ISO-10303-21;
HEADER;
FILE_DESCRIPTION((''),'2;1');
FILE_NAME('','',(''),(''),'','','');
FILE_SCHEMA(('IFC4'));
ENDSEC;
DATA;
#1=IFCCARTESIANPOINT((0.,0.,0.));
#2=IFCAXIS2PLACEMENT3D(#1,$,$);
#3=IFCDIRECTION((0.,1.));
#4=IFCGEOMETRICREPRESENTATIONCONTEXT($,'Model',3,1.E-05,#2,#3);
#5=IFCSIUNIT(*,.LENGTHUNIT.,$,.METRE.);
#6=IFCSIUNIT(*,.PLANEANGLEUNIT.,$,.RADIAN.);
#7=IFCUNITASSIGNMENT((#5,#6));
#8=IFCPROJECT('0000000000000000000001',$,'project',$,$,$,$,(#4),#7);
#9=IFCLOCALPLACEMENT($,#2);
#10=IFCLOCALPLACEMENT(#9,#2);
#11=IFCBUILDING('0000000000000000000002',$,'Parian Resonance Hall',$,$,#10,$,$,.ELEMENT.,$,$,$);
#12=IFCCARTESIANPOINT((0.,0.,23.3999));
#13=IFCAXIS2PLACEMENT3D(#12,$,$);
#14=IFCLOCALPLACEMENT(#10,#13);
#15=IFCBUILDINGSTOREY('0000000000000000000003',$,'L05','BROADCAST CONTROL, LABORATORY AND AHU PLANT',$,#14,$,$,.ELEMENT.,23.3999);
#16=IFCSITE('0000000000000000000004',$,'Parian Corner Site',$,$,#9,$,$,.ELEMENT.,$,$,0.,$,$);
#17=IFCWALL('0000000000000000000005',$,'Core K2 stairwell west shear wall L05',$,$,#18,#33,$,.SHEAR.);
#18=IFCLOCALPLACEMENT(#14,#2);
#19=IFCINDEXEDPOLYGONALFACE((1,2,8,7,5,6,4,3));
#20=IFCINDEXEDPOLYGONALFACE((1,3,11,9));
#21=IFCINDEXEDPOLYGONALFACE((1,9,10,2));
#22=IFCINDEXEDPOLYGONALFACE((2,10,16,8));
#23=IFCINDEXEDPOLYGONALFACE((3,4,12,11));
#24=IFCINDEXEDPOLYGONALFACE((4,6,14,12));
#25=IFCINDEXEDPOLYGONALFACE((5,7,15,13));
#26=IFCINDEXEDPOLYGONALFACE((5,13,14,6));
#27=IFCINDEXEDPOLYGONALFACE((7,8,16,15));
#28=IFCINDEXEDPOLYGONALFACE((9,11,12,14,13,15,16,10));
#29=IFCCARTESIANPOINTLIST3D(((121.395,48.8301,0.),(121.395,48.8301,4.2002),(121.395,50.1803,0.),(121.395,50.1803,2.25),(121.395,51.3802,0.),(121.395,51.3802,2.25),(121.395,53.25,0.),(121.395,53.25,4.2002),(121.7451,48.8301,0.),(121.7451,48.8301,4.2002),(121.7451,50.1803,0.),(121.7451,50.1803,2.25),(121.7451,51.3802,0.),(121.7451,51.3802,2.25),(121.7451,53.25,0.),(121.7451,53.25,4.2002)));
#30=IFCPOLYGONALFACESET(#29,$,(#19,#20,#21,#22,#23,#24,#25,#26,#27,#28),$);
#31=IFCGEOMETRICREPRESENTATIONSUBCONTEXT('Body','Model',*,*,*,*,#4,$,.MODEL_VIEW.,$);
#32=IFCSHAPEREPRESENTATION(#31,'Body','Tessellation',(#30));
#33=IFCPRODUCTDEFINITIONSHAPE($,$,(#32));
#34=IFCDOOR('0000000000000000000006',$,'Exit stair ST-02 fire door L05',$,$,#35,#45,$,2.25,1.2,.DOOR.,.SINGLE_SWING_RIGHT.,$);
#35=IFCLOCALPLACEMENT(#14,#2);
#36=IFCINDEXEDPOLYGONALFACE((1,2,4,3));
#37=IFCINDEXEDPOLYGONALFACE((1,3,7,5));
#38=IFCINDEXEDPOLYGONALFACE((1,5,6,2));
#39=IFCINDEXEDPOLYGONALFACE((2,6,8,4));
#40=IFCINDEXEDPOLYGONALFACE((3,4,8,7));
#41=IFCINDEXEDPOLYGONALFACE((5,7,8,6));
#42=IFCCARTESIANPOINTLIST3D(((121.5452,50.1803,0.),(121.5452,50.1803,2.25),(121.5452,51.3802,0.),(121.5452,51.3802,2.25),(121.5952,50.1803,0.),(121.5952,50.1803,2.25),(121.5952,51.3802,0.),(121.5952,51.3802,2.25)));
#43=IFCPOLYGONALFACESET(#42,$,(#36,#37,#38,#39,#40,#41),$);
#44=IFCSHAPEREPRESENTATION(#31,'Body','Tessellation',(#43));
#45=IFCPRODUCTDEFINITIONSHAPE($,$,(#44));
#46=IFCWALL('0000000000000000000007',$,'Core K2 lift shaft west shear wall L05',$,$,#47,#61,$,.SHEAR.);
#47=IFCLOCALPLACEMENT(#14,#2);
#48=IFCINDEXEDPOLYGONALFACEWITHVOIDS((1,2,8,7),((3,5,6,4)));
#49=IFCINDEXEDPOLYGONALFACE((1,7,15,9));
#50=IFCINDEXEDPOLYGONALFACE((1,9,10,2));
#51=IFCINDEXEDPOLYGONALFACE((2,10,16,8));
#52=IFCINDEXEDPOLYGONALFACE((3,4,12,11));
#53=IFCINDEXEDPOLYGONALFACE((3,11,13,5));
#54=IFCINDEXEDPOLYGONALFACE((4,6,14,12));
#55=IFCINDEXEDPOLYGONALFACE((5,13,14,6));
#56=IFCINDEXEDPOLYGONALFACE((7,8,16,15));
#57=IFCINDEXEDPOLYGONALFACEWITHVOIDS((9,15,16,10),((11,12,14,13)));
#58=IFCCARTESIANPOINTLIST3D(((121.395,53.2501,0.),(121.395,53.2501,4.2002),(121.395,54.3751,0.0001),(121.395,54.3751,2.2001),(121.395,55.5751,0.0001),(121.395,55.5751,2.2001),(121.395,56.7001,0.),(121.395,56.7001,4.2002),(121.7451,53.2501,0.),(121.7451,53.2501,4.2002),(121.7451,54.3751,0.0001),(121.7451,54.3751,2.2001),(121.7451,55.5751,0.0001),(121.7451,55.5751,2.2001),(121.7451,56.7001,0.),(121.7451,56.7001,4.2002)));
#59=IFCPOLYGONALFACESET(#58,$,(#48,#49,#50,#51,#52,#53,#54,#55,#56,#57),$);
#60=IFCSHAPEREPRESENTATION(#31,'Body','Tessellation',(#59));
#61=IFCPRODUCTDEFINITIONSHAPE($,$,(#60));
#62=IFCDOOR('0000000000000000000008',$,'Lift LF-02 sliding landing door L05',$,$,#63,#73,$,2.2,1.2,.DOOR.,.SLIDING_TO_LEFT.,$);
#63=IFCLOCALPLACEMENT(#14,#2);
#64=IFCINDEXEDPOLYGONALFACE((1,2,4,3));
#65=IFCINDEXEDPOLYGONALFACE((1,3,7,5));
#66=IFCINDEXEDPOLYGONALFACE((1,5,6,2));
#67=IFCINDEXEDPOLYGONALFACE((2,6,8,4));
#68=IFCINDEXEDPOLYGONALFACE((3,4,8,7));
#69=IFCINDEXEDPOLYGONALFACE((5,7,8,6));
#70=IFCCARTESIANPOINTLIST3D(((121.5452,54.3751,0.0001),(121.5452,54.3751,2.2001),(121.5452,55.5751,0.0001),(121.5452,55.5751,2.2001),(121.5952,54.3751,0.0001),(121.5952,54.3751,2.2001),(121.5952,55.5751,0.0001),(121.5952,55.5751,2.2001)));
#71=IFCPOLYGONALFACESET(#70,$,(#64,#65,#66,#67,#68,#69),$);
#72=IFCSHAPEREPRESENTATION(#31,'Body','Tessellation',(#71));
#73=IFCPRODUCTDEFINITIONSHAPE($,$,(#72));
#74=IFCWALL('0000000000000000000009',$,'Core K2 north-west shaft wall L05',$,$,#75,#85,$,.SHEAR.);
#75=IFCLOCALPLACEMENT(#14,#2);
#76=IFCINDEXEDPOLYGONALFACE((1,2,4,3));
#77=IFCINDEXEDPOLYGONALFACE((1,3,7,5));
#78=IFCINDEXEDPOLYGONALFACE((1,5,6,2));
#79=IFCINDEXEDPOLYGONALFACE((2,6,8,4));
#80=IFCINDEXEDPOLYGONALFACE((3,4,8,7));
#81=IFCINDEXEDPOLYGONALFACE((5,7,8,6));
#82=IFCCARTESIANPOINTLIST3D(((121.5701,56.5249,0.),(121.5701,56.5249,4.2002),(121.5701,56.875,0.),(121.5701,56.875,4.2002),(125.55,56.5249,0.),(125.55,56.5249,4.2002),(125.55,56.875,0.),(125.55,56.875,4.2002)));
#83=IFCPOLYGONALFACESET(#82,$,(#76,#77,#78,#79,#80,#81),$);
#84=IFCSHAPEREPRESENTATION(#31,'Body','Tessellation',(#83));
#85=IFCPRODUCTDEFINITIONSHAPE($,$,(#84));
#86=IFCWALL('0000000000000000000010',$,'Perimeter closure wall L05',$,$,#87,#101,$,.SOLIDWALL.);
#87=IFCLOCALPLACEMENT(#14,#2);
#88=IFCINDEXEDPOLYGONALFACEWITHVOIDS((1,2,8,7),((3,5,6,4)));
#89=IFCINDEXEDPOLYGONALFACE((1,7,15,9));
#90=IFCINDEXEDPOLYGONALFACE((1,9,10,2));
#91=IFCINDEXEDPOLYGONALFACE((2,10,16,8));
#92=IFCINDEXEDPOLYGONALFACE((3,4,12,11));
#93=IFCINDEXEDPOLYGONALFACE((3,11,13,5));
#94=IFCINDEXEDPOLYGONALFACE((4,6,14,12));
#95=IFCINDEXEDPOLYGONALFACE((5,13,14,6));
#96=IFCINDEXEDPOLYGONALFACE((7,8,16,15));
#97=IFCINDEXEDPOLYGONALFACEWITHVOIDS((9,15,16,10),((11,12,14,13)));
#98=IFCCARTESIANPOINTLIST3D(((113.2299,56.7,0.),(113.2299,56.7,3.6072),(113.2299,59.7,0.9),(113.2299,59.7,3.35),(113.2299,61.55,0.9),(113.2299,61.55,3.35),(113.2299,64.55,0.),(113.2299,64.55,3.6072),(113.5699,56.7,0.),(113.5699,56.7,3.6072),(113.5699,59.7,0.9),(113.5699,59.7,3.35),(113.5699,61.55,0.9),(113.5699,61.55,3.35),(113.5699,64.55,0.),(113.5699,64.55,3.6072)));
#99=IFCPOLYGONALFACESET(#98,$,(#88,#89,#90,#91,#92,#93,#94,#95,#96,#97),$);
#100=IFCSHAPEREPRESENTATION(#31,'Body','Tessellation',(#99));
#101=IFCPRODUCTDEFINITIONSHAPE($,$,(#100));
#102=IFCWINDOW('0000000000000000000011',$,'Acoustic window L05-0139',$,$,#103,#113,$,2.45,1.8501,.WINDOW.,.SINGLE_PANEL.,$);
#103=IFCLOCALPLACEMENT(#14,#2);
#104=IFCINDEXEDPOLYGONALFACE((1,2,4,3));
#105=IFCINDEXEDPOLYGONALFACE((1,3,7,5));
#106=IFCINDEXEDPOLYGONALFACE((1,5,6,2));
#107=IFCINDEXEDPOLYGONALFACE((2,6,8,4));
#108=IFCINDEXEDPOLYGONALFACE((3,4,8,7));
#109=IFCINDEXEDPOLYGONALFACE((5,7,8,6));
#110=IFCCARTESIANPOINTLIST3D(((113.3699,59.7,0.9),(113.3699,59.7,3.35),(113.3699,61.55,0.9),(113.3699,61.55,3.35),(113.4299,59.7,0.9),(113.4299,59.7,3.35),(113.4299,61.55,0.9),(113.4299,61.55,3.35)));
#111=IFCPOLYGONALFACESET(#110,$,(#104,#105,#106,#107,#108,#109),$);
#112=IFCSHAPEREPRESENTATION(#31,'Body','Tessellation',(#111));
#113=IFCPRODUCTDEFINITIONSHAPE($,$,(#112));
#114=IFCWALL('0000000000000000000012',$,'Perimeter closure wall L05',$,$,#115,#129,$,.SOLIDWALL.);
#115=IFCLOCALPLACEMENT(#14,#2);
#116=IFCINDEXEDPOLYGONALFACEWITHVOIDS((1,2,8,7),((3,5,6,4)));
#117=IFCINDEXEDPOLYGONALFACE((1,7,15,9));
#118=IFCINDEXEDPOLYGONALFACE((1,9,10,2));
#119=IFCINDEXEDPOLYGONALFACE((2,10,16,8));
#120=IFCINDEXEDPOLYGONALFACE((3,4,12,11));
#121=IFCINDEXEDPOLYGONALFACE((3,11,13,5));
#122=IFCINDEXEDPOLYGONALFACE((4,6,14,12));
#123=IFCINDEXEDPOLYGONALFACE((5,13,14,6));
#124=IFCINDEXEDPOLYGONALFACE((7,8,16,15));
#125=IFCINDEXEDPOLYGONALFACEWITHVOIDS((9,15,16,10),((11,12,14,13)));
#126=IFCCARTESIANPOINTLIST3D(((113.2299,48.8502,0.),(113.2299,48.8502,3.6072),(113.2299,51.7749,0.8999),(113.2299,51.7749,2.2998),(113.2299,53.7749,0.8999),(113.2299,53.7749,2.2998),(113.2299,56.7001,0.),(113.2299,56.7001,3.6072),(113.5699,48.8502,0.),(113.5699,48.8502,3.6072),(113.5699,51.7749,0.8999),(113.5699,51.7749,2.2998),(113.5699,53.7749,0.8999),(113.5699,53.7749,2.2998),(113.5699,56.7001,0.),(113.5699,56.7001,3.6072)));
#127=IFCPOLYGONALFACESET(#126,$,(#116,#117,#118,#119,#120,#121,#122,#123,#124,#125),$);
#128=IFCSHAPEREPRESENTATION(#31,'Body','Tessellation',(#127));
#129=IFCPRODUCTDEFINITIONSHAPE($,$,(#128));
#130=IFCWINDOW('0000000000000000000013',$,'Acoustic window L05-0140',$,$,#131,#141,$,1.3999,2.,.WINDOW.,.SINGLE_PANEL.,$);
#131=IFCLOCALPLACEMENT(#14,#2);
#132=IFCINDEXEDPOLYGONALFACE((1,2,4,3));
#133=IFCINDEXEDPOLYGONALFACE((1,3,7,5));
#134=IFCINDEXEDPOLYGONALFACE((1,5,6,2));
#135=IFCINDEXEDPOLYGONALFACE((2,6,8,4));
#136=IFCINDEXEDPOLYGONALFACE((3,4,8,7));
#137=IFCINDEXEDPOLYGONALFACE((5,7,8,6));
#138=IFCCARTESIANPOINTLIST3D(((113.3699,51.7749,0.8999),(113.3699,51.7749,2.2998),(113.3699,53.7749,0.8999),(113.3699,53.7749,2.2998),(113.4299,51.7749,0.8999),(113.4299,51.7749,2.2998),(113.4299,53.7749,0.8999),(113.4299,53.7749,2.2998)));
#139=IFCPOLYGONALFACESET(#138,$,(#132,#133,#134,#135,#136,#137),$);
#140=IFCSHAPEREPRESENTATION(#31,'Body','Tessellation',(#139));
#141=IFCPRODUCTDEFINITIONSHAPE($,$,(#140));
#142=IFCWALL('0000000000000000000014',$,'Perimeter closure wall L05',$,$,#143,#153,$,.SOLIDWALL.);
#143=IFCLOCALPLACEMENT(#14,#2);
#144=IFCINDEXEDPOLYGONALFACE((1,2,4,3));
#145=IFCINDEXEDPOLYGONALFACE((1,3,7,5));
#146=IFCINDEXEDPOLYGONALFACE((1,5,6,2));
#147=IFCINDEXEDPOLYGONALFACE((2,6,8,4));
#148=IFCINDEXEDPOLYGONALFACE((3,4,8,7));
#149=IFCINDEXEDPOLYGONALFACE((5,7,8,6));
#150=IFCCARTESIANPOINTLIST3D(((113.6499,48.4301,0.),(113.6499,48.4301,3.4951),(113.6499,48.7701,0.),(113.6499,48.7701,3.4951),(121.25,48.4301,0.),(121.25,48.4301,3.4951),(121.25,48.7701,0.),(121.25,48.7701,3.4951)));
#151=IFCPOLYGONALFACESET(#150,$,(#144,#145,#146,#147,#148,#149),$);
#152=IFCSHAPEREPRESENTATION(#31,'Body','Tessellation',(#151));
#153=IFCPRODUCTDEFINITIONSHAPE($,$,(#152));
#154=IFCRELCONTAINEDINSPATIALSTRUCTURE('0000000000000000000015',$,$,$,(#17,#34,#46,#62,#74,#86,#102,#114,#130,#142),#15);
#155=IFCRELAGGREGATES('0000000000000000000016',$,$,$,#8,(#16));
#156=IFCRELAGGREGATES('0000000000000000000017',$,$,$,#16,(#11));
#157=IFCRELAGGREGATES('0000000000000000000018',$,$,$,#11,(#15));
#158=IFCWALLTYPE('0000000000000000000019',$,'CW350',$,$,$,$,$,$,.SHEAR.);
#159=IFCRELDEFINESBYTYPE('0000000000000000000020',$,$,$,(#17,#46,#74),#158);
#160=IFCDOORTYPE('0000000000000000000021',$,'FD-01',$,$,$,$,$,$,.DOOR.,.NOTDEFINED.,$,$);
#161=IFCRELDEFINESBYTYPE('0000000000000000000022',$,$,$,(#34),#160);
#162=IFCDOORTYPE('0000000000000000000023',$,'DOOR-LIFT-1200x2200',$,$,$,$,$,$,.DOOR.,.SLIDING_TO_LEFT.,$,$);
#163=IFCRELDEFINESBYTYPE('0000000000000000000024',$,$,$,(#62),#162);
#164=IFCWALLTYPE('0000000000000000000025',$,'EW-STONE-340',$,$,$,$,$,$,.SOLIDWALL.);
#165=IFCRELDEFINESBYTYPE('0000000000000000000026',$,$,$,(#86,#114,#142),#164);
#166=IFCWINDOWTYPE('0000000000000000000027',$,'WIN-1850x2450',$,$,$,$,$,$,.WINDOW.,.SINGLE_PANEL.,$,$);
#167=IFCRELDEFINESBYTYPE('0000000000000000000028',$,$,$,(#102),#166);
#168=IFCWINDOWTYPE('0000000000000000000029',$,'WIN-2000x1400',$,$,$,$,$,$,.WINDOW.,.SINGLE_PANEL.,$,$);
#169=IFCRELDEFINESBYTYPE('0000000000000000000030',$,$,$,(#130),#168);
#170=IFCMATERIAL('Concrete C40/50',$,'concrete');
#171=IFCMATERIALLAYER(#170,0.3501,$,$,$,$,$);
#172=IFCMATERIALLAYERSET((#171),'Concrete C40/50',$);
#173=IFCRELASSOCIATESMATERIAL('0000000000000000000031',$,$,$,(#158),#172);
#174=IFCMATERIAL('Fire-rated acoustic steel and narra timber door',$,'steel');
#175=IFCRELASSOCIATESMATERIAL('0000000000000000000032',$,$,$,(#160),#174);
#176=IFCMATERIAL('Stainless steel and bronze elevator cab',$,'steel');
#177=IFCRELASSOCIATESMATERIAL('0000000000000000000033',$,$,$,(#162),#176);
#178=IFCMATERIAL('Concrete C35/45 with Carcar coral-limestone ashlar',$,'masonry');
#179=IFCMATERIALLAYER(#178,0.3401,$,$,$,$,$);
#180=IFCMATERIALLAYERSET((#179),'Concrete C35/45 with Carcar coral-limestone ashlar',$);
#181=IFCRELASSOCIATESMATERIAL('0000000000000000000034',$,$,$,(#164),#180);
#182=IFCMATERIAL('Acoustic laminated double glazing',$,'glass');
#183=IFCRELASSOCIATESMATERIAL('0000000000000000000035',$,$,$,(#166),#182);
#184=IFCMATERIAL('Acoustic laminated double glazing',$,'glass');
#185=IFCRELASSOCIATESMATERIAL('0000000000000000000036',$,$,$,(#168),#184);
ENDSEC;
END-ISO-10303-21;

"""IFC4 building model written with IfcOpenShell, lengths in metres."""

from ifc_helpers import new_model, si_unit, direction, frame, frame_2d, origin, place, context, subcontext, project, spatial, rectangle, extrude, material, layer, layer_set, type_object, element, fill, save


model = new_model("IFC4")

# Units and contexts
model_context = context("Model", 3, precision=1e-05, world=origin(), true_north=direction((0.0, 1.0)))
body_context = subcontext(model_context, "Body", "Model", "MODEL_VIEW")
ifc_project = project(units=[si_unit("LENGTHUNIT", "METRE"), si_unit("PLANEANGLEUNIT", "RADIAN")], contexts=[model_context])

# Site, building, storey
site_placement = place(None, origin())
site = spatial("IfcSite", under=ifc_project, at=site_placement, Name="Parian Corner Site", CompositionType="ELEMENT", RefElevation=0.0)
building_placement = place(site_placement, origin())
building = spatial("IfcBuilding", under=site, at=building_placement, Name="Parian Resonance Hall", CompositionType="ELEMENT")
storey_placement = place(building_placement, frame((0.0, 0.0, 23.3999)))
storey = spatial("IfcBuildingStorey", under=building, at=storey_placement, Name="L05", Description="BROADCAST CONTROL, LABORATORY AND AHU PLANT", CompositionType="ELEMENT", Elevation=23.3999)

# Walls, openings, doors
ifc_material_1 = material(Name="Concrete C40/50", Category="concrete")
ifc_layer_1 = layer(ifc_material_1, 0.3501)
ifc_layer_set_1 = layer_set([ifc_layer_1], Name="Concrete C40/50")
wall_type_1 = type_object("IfcWallType", Name="CW350", PredefinedType="SHEAR", material=ifc_layer_set_1)
wall_1_placement = place(storey_placement, frame((121.5701, 48.8301, 0.0), z_axis=(0.0, 0.0, 1.0), x_axis=(0.0, 1.0, 0.0)))
wall_1 = element("IfcWall", 1, at=wall_1_placement, inside=storey, type_object=wall_type_1, Name="Core K2 stairwell west shear wall L05", PredefinedType="SHEAR", context=body_context, shape_type="SweptSolid", body=[
    extrude(rectangle(XDim=4.4199, YDim=0.3501, at=frame_2d((2.21, 0.0))), origin(), (0.0, 0.0, 1.0), 4.2002),
])
opening_1_placement = place(wall_1_placement, frame((1.3501, 0.0, 0.0)))
opening_1 = element("IfcOpeningElement", 2, at=opening_1_placement, cuts=wall_1, PredefinedType="OPENING", context=body_context, shape_type="SweptSolid", body=[
    extrude(rectangle(XDim=1.2, YDim=2.25, at=frame_2d((0.6001, 1.125))), frame((0.0, 0.1851, 0.0), z_axis=(0.0, -1.0, 0.0), x_axis=(1.0, 0.0, 0.0)), (0.0, 0.0, 1.0), 0.3701),
])
ifc_material_2 = material(Name="Fire-rated acoustic steel and narra timber door", Category="steel")
door_type_1 = type_object("IfcDoorType", Name="FD-01", OperationType="NOTDEFINED", PredefinedType="DOOR", material=ifc_material_2)
door_1_placement = place(opening_1_placement, origin())
door_1 = element("IfcDoor", 3, at=door_1_placement, inside=storey, type_object=door_type_1, Name="Exit stair ST-02 fire door L05", OperationType="SINGLE_SWING_RIGHT", OverallHeight=2.25, OverallWidth=1.2, PredefinedType="DOOR", context=body_context, shape_type="SweptSolid", body=[
    extrude(rectangle(XDim=1.2, YDim=2.25, at=frame_2d((0.6001, 1.125))), frame((0.0, 0.0249, 0.0), z_axis=(0.0, -1.0, 0.0), x_axis=(1.0, 0.0, 0.0)), (0.0, 0.0, 1.0), 0.05),
])
fill(opening_1, door_1)
wall_2_placement = place(storey_placement, frame((121.5701, 53.25, 0.0), z_axis=(0.0, 0.0, 1.0), x_axis=(0.0, 1.0, 0.0)))
wall_2 = element("IfcWall", 4, at=wall_2_placement, inside=storey, type_object=wall_type_1, Name="Core K2 lift shaft west shear wall L05", PredefinedType="SHEAR", context=body_context, shape_type="SweptSolid", body=[
    extrude(rectangle(XDim=3.45, YDim=0.3501, at=frame_2d((1.7251, 0.0))), origin(), (0.0, 0.0, 1.0), 4.2002),
])
opening_2_placement = place(wall_2_placement, frame((1.125, 0.0, 0.0)))
opening_2 = element("IfcOpeningElement", 5, at=opening_2_placement, cuts=wall_2, PredefinedType="OPENING", context=body_context, shape_type="SweptSolid", body=[
    extrude(rectangle(XDim=1.2, YDim=2.2, at=frame_2d((0.6001, 1.1001))), frame((0.0, 0.1851, 0.0), z_axis=(0.0, -1.0, 0.0), x_axis=(1.0, 0.0, 0.0)), (0.0, 0.0, 1.0), 0.3701),
])
ifc_material_3 = material(Name="Stainless steel and bronze elevator cab", Category="steel")
door_type_2 = type_object("IfcDoorType", Name="DOOR-LIFT-1200x2200", OperationType="SLIDING_TO_LEFT", PredefinedType="DOOR", material=ifc_material_3)
door_2_placement = place(opening_2_placement, origin())
door_2 = element("IfcDoor", 6, at=door_2_placement, inside=storey, type_object=door_type_2, Name="Lift LF-02 sliding landing door L05", OperationType="SLIDING_TO_LEFT", OverallHeight=2.2, OverallWidth=1.2, PredefinedType="DOOR", context=body_context, shape_type="SweptSolid", body=[
    extrude(rectangle(XDim=1.2, YDim=2.2, at=frame_2d((0.6001, 1.1001))), frame((0.0, 0.0249, 0.0), z_axis=(0.0, -1.0, 0.0), x_axis=(1.0, 0.0, 0.0)), (0.0, 0.0, 1.0), 0.05),
])
fill(opening_2, door_2)

# Wall
wall_3_placement = place(storey_placement, frame((121.5701, 56.7, 0.0), z_axis=(0.0, 0.0, 1.0), x_axis=(1.0, 0.0, 0.0)))
element("IfcWall", 7, at=wall_3_placement, inside=storey, type_object=wall_type_1, Name="Core K2 north-west shaft wall L05", PredefinedType="SHEAR", context=body_context, shape_type="SweptSolid", body=[
    extrude(rectangle(XDim=3.98, YDim=0.3501, at=frame_2d((1.99, 0.0))), origin(), (0.0, 0.0, 1.0), 4.2002),
])

# Walls, openings, windows
ifc_material_4 = material(Name="Concrete C35/45 with Carcar coral-limestone ashlar", Category="masonry")
ifc_layer_2 = layer(ifc_material_4, 0.3401)
ifc_layer_set_2 = layer_set([ifc_layer_2], Name="Concrete C35/45 with Carcar coral-limestone ashlar")
wall_type_2 = type_object("IfcWallType", Name="EW-STONE-340", PredefinedType="SOLIDWALL", material=ifc_layer_set_2)
wall_4_placement = place(storey_placement, frame((113.3999, 64.55, 0.0), z_axis=(0.0, 0.0, 1.0), x_axis=(0.0, -1.0, 0.0)))
wall_4 = element("IfcWall", 8, at=wall_4_placement, inside=storey, type_object=wall_type_2, Name="Perimeter closure wall L05", PredefinedType="SOLIDWALL", context=body_context, shape_type="SweptSolid", body=[
    extrude(rectangle(XDim=7.8501, YDim=0.3401, at=frame_2d((3.925, 0.0))), origin(), (0.0, 0.0, 1.0), 3.6072),
])
opening_3_placement = place(wall_4_placement, frame((3.0, 0.0, 0.8999)))
opening_3 = element("IfcOpeningElement", 9, at=opening_3_placement, cuts=wall_4, PredefinedType="OPENING", context=body_context, shape_type="SweptSolid", body=[
    extrude(rectangle(XDim=1.8501, YDim=2.45, at=frame_2d((0.925, 1.2251))), frame((0.0, 0.1799, 0.0), z_axis=(0.0, -1.0, 0.0), x_axis=(1.0, 0.0, 0.0)), (0.0, 0.0, 1.0), 0.3601),
])
ifc_material_5 = material(Name="Acoustic laminated double glazing", Category="glass")
window_type_1 = type_object("IfcWindowType", Name="WIN-1850x2450", PartitioningType="SINGLE_PANEL", PredefinedType="WINDOW", material=ifc_material_5)
window_1_placement = place(opening_3_placement, origin())
window_1 = element("IfcWindow", 10, at=window_1_placement, inside=storey, type_object=window_type_1, Name="Acoustic window L05-0139", OverallHeight=2.45, OverallWidth=1.8501, PartitioningType="SINGLE_PANEL", PredefinedType="WINDOW", context=body_context, shape_type="SweptSolid", body=[
    extrude(rectangle(XDim=1.8501, YDim=2.45, at=frame_2d((0.925, 1.2251))), frame((0.0, 0.03, 0.0), z_axis=(0.0, -1.0, 0.0), x_axis=(1.0, 0.0, 0.0)), (0.0, 0.0, 1.0), 0.0601),
])
fill(opening_3, window_1)
wall_5_placement = place(storey_placement, frame((113.3999, 56.7, 0.0), z_axis=(0.0, 0.0, 1.0), x_axis=(0.0, -1.0, 0.0)))
wall_5 = element("IfcWall", 11, at=wall_5_placement, inside=storey, type_object=wall_type_2, Name="Perimeter closure wall L05", PredefinedType="SOLIDWALL", context=body_context, shape_type="SweptSolid", body=[
    extrude(rectangle(XDim=7.8499, YDim=0.3401, at=frame_2d((3.9248, 0.0))), origin(), (0.0, 0.0, 1.0), 3.6072),
])
opening_4_placement = place(wall_5_placement, frame((2.925, 0.0, 0.8999)))
opening_4 = element("IfcOpeningElement", 12, at=opening_4_placement, cuts=wall_5, PredefinedType="OPENING", context=body_context, shape_type="SweptSolid", body=[
    extrude(rectangle(XDim=2.0, YDim=1.3999, at=frame_2d((1.0, 0.7))), frame((0.0, 0.1799, 0.0), z_axis=(0.0, -1.0, 0.0), x_axis=(1.0, 0.0, 0.0)), (0.0, 0.0, 1.0), 0.3601),
])
ifc_material_6 = material(Name="Acoustic laminated double glazing", Category="glass")
window_type_2 = type_object("IfcWindowType", Name="WIN-2000x1400", PartitioningType="SINGLE_PANEL", PredefinedType="WINDOW", material=ifc_material_6)
window_2_placement = place(opening_4_placement, origin())
window_2 = element("IfcWindow", 13, at=window_2_placement, inside=storey, type_object=window_type_2, Name="Acoustic window L05-0140", OverallHeight=1.3999, OverallWidth=2.0, PartitioningType="SINGLE_PANEL", PredefinedType="WINDOW", context=body_context, shape_type="SweptSolid", body=[
    extrude(rectangle(XDim=2.0, YDim=1.3999, at=frame_2d((1.0, 0.7))), frame((0.0, 0.03, 0.0), z_axis=(0.0, -1.0, 0.0), x_axis=(1.0, 0.0, 0.0)), (0.0, 0.0, 1.0), 0.0601),
])
fill(opening_4, window_2)

# Wall
wall_6_placement = place(storey_placement, frame((113.6499, 48.6001, 0.0), z_axis=(0.0, 0.0, 1.0), x_axis=(1.0, 0.0, 0.0)))
element("IfcWall", 14, at=wall_6_placement, inside=storey, type_object=wall_type_2, Name="Perimeter closure wall L05", PredefinedType="SOLIDWALL", context=body_context, shape_type="SweptSolid", body=[
    extrude(rectangle(XDim=7.6001, YDim=0.3401, at=frame_2d((3.8, 0.0))), origin(), (0.0, 0.0, 1.0), 3.4951),
])

save(model, "model.ifc")
